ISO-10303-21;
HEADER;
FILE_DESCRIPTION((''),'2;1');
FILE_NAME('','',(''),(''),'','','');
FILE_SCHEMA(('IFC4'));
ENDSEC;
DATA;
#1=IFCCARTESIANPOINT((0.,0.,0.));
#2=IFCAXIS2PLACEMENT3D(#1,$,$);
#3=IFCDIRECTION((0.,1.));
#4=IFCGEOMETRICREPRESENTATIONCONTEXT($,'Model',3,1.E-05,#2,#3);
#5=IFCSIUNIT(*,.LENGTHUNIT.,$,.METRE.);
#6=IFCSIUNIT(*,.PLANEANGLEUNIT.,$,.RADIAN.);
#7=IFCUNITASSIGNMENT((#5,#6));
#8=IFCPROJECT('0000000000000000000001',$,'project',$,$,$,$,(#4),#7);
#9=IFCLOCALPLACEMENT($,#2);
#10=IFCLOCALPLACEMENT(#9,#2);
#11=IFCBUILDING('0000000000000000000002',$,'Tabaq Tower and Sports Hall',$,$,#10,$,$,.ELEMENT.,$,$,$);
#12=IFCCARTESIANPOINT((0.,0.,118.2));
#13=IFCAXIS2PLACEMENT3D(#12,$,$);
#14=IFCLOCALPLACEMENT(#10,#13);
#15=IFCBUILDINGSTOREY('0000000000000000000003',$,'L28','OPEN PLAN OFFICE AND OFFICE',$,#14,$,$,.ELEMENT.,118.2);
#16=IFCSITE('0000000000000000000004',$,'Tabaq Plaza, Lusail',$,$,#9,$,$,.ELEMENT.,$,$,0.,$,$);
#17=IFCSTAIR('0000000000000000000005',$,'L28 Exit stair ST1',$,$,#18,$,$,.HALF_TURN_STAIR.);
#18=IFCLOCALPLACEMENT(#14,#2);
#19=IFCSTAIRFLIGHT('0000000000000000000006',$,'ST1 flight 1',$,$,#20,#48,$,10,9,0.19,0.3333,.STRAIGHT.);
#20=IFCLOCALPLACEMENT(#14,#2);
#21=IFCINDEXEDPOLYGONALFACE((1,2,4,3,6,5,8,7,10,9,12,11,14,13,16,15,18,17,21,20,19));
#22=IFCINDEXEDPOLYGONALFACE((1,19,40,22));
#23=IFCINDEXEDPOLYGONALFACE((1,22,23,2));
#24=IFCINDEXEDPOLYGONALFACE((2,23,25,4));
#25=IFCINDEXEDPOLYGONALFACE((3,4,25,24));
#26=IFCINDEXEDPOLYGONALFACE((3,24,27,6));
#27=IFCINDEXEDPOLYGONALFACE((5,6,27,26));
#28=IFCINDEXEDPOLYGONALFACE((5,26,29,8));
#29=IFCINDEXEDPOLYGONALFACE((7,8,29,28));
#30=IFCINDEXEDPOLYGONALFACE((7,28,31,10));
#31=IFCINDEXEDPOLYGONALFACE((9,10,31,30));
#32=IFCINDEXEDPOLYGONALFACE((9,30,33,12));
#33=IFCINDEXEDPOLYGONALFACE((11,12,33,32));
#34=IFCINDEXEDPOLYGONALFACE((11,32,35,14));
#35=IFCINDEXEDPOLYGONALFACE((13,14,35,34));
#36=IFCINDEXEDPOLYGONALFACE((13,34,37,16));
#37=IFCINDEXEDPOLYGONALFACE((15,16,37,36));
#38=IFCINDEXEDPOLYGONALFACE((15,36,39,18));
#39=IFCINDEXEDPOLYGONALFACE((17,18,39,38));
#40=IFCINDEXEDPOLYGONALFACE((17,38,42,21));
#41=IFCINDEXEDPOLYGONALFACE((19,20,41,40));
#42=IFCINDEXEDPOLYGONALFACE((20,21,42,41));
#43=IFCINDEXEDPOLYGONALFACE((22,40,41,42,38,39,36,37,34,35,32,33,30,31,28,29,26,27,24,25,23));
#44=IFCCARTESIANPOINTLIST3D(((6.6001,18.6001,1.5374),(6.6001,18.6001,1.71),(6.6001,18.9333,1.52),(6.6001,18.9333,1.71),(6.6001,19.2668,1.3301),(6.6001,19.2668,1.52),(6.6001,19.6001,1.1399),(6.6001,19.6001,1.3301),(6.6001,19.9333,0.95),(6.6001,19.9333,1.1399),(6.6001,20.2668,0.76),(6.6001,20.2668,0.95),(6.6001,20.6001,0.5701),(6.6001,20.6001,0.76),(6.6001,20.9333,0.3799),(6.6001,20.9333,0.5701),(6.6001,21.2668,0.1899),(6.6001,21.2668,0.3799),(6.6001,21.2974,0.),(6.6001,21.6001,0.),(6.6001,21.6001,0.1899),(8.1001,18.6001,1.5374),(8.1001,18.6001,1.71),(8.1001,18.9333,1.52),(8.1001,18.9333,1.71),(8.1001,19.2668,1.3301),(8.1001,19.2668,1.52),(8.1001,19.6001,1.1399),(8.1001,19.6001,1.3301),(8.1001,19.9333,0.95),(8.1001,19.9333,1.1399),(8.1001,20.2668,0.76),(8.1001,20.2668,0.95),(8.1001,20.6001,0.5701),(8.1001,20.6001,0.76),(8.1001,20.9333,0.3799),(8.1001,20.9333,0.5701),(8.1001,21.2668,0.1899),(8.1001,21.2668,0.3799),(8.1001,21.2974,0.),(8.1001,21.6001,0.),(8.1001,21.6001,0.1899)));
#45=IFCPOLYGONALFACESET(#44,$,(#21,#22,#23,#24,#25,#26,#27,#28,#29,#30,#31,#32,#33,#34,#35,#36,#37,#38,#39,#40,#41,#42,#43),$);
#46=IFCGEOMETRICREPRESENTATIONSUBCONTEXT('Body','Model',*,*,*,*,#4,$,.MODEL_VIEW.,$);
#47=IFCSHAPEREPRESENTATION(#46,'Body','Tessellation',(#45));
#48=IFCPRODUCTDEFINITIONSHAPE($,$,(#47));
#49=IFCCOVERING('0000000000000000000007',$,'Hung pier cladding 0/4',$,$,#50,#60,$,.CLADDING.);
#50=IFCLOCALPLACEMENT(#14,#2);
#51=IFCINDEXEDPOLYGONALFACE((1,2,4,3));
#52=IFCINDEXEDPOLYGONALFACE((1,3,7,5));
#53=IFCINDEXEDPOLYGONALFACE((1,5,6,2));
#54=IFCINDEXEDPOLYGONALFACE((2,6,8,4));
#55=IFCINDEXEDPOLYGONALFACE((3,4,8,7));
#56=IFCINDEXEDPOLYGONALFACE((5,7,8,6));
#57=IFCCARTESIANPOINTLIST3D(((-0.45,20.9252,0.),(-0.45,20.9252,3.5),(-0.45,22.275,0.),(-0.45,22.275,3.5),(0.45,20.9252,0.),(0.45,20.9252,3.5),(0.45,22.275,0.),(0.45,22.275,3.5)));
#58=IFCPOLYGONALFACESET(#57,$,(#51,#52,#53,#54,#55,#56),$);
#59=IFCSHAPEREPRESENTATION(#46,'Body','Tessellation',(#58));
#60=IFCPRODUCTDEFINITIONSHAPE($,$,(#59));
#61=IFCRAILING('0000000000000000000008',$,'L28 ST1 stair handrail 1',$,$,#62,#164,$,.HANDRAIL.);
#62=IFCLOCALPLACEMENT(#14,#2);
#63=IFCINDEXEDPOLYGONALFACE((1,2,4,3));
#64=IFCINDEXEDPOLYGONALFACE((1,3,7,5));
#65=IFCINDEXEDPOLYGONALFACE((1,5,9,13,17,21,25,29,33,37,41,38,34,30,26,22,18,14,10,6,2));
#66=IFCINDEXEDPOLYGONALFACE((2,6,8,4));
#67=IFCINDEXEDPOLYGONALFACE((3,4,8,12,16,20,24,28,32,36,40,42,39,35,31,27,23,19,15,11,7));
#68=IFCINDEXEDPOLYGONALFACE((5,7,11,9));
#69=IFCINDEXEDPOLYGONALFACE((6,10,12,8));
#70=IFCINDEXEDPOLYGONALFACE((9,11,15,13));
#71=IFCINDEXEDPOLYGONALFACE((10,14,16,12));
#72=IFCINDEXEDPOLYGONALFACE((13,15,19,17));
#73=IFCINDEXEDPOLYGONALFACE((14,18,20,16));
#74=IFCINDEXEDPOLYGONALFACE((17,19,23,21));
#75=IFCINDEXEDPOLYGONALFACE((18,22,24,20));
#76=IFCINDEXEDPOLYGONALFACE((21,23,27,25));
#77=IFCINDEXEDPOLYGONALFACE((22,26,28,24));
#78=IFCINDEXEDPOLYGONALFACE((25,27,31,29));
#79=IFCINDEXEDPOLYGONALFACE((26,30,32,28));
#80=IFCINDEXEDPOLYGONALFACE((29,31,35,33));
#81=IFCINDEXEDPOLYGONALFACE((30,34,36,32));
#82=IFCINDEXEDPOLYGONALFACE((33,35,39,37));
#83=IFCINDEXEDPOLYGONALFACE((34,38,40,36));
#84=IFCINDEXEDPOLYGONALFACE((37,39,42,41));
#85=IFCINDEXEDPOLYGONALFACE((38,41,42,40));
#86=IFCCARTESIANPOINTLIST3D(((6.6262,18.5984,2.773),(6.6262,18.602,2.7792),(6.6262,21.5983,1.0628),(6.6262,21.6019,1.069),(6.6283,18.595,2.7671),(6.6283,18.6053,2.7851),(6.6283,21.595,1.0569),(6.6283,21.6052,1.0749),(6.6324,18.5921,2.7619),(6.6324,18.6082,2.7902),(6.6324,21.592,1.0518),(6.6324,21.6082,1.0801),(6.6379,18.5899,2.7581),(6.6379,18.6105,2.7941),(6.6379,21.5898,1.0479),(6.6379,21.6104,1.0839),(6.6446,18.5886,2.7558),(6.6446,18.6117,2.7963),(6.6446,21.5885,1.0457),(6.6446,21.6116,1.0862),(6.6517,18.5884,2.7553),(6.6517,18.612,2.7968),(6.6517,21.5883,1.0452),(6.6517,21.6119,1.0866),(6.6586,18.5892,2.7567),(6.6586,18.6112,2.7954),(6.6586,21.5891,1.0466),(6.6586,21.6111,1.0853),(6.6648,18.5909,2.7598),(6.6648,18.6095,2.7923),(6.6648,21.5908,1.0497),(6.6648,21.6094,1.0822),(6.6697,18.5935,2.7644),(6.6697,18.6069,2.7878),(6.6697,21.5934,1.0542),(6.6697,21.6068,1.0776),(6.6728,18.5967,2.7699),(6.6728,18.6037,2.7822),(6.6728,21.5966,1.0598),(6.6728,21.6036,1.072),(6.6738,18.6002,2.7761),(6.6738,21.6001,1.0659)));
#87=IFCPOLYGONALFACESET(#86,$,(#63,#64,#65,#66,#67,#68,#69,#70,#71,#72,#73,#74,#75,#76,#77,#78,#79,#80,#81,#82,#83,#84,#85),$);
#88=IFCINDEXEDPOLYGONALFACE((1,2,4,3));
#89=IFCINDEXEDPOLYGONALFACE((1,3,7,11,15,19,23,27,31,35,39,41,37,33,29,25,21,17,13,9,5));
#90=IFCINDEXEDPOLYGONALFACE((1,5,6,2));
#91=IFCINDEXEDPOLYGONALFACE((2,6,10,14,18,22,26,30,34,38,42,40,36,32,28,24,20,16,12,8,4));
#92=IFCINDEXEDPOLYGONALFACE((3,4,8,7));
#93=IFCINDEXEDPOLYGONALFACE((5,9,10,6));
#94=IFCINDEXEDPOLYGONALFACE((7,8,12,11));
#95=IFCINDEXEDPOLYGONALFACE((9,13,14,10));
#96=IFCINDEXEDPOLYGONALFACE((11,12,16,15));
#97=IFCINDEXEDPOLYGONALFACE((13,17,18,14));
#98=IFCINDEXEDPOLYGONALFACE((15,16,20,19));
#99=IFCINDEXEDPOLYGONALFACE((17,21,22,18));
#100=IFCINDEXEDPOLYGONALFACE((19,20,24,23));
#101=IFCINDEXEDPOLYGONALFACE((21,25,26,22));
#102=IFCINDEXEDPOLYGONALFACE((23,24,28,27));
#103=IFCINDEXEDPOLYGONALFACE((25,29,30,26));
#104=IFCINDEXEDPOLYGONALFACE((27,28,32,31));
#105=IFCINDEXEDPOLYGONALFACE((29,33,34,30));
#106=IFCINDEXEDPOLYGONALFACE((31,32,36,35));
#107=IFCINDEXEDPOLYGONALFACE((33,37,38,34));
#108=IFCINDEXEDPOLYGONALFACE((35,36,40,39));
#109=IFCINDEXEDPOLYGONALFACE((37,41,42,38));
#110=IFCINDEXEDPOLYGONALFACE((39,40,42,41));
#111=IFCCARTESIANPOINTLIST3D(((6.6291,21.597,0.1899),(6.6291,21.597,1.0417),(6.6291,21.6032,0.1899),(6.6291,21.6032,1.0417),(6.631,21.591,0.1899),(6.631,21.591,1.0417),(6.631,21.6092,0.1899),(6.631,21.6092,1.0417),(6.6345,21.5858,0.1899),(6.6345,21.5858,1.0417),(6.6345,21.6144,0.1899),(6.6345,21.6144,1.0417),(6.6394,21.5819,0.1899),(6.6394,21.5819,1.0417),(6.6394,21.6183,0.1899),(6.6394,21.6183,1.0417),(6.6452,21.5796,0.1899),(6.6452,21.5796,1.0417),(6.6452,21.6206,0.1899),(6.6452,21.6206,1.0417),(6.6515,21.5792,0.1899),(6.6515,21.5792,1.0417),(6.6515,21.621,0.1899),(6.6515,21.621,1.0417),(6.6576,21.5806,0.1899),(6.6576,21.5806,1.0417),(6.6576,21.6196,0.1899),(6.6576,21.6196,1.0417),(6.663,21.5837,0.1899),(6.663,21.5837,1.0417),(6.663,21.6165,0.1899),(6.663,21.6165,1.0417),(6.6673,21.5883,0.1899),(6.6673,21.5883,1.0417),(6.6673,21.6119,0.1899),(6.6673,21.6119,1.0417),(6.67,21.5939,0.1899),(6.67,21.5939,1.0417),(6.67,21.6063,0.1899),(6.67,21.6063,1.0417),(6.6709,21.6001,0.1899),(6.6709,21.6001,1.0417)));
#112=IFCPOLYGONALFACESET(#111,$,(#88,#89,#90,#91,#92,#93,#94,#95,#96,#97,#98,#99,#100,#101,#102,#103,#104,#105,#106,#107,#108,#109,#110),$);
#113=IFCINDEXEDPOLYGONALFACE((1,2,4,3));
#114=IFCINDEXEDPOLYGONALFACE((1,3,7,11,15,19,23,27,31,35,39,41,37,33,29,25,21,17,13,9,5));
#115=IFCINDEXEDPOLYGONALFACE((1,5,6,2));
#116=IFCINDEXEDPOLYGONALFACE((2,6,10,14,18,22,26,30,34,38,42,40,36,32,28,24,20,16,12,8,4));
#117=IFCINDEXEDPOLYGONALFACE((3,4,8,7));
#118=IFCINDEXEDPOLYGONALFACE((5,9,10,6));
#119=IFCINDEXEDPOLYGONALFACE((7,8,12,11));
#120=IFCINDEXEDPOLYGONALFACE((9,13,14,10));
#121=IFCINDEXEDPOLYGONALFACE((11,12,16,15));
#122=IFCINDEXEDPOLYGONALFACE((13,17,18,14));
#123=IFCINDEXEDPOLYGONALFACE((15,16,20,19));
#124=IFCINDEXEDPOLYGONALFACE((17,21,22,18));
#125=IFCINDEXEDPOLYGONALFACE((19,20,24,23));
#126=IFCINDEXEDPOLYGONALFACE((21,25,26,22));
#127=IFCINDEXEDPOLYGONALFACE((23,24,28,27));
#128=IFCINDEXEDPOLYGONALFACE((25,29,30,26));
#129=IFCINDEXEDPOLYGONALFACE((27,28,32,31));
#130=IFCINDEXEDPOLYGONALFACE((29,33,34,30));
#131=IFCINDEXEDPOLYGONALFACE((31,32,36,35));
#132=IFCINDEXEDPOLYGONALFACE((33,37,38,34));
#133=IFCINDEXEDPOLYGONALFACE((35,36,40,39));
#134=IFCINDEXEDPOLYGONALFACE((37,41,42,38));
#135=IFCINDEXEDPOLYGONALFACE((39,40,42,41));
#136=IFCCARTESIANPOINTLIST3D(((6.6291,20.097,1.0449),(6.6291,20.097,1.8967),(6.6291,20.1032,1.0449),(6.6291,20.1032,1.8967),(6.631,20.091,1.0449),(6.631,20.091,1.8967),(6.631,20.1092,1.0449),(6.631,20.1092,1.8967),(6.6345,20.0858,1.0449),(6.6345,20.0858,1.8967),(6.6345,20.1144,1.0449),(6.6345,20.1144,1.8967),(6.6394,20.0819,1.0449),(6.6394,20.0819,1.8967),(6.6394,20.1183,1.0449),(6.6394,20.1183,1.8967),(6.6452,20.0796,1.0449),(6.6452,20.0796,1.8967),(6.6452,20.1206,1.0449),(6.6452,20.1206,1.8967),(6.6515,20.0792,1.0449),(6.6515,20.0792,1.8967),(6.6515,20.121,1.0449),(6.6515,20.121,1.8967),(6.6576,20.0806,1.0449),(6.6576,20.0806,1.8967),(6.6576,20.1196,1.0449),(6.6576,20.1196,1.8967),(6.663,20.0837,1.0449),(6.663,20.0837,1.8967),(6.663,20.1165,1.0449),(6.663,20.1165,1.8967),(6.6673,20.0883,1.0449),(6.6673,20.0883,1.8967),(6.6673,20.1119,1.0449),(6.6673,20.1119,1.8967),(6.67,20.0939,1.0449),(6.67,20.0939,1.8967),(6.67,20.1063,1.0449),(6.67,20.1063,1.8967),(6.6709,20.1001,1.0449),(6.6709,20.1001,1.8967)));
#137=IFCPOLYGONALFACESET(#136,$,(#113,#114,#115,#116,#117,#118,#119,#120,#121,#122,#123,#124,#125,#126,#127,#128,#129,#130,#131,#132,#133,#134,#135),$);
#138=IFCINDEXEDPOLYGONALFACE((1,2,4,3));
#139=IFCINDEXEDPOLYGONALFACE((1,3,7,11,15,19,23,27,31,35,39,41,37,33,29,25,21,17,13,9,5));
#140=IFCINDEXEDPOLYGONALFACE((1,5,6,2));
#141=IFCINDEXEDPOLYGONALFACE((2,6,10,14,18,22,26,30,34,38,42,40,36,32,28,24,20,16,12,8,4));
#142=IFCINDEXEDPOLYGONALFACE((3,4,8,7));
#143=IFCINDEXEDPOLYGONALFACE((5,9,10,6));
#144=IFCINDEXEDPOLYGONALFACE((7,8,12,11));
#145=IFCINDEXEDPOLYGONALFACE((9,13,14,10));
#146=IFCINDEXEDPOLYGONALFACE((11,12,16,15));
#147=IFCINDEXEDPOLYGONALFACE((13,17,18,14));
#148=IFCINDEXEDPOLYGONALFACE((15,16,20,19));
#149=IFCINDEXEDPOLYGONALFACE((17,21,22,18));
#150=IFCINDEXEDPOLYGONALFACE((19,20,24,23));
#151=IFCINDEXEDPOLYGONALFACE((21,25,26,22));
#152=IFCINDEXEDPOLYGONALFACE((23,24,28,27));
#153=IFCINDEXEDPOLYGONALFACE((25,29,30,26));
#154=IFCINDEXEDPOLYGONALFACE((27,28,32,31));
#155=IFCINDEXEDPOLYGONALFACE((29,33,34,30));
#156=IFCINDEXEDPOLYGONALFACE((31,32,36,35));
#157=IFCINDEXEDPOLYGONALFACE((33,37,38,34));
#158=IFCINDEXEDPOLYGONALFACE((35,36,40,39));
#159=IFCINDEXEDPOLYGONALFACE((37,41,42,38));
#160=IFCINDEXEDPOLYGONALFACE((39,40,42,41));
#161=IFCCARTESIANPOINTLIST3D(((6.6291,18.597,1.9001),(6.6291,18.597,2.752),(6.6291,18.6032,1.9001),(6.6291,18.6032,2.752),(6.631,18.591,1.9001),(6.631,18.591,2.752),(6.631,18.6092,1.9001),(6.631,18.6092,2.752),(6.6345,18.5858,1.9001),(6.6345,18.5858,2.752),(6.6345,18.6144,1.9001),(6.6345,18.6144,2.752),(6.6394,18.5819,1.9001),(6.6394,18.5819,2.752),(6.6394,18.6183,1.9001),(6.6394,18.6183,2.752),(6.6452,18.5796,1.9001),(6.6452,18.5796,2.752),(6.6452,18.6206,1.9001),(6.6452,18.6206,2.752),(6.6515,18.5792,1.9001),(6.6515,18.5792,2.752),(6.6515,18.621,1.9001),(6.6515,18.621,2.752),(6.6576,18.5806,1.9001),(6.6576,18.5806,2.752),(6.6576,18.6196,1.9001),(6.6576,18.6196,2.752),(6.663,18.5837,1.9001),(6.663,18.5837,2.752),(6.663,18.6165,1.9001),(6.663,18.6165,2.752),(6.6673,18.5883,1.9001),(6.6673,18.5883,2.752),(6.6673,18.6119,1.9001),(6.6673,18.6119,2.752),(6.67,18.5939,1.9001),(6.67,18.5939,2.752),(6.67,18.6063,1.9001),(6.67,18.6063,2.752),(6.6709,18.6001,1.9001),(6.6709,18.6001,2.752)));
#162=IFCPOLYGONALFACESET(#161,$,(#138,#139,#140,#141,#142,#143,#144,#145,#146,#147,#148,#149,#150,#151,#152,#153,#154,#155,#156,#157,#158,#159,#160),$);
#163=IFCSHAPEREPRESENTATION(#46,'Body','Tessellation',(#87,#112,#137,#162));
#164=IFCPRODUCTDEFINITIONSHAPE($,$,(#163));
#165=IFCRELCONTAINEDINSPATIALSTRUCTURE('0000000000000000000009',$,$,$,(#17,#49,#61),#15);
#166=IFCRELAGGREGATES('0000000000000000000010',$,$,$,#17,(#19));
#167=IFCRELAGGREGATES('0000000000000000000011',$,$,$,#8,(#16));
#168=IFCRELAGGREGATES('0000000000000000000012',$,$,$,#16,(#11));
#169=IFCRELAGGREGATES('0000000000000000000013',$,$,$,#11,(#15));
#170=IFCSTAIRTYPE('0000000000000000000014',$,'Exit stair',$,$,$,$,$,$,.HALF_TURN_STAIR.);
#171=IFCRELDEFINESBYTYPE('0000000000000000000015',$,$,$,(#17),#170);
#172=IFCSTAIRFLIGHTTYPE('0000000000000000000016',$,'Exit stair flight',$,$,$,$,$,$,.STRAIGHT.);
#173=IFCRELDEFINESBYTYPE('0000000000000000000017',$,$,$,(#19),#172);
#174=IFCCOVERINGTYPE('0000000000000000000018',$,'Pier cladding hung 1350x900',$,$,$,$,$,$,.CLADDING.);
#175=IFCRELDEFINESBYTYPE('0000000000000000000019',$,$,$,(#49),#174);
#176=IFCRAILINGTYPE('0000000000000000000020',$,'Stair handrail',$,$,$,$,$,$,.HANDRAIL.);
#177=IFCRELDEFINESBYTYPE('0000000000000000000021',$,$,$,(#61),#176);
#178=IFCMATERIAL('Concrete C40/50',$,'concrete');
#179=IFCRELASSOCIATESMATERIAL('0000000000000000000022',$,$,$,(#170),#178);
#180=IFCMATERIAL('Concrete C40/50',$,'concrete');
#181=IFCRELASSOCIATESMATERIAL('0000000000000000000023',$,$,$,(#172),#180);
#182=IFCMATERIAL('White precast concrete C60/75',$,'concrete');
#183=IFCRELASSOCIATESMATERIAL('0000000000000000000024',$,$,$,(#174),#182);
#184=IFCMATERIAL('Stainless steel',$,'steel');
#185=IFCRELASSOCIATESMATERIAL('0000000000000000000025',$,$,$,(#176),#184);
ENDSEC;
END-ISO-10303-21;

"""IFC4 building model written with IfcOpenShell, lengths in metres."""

from ifc_helpers import new_model, si_unit, direction, frame, frame_2d, origin, origin_2d, place, context, subcontext, project, spatial, polyline, rectangle, circle, outline, extrude, material, type_object, element, aggregate, save


model = new_model("IFC4")

# Units and contexts
model_context = context("Model", 3, precision=1e-05, world=origin(), true_north=direction((0.0, 1.0)))
body_context = subcontext(model_context, "Body", "Model", "MODEL_VIEW")
ifc_project = project(units=[si_unit("LENGTHUNIT", "METRE"), si_unit("PLANEANGLEUNIT", "RADIAN")], contexts=[model_context])

# Site, building, storey
site_placement = place(None, origin())
site = spatial("IfcSite", under=ifc_project, at=site_placement, Name="Tabaq Plaza, Lusail", CompositionType="ELEMENT", RefElevation=0.0)
building_placement = place(site_placement, origin())
building = spatial("IfcBuilding", under=site, at=building_placement, Name="Tabaq Tower and Sports Hall", CompositionType="ELEMENT")
storey_placement = place(building_placement, frame((0.0, 0.0, 118.2)))
storey = spatial("IfcBuildingStorey", under=building, at=storey_placement, Name="L28", Description="OPEN PLAN OFFICE AND OFFICE", CompositionType="ELEMENT", Elevation=118.2)

# Stair, stair flight
ifc_material_1 = material(Name="Concrete C40/50", Category="concrete")
stair_type = type_object("IfcStairType", Name="Exit stair", PredefinedType="HALF_TURN_STAIR", material=ifc_material_1)
stair_placement = place(storey_placement, origin())
stair = element("IfcStair", 1, at=stair_placement, inside=storey, type_object=stair_type, Name="L28 Exit stair ST1", PredefinedType="HALF_TURN_STAIR")
ifc_material_2 = material(Name="Concrete C40/50", Category="concrete")
stair_flight_type = type_object("IfcStairFlightType", Name="Exit stair flight", PredefinedType="STRAIGHT", material=ifc_material_2)
stair_flight_placement = place(storey_placement, frame((7.3501, 21.6001, 0.0), z_axis=(0.0, 0.0, 1.0), x_axis=(0.0, -1.0, 0.0)))
stair_flight = element("IfcStairFlight", 2, at=stair_flight_placement, type_object=stair_flight_type, Name="ST1 flight 1", NumberOfRisers=10, NumberOfTreads=9, PredefinedType="STRAIGHT", RiserHeight=0.19, TreadLength=0.3333, context=body_context, shape_type="SweptSolid", body=[
    extrude(outline(polyline([(0.0, 0.0), (0.0, 0.1899), (0.3333, 0.1899), (0.3333, 0.3799), (0.6667, 0.3799), (0.6667, 0.5701), (1.0, 0.5701), (1.0, 0.76), (1.3333, 0.76), (1.3333, 0.95), (1.6667, 0.95), (1.6667, 1.1399), (2.0, 1.1399), (2.0, 1.3301), (2.3333, 1.3301), (2.3333, 1.52), (2.6667, 1.52), (2.6667, 1.71), (3.0, 1.71), (3.0, 1.8999), (3.0, 1.5374), (0.3027, 0.0), (0.0, 0.0)])), frame((0.0, 0.75, 0.0), z_axis=(0.0, -1.0, 0.0), x_axis=(1.0, 0.0, 0.0)), (0.0, 0.0, 1.0), 1.5),
])
aggregate(stair, [stair_flight])

# Covering
ifc_material_3 = material(Name="White precast concrete C60/75", Category="concrete")
covering_type_1 = type_object("IfcCoveringType", Name="Pier cladding hung 1350x900", PredefinedType="CLADDING", material=ifc_material_3)
covering_1_placement = place(storey_placement, frame((0.0, 22.2749, 0.0), z_axis=(0.0, 0.0, 1.0), x_axis=(0.0, -1.0, 0.0)))
element("IfcCovering", 3, at=covering_1_placement, inside=storey, type_object=covering_type_1, Name="Hung pier cladding 0/4", PredefinedType="CLADDING", context=body_context, shape_type="SweptSolid", body=[
    extrude(rectangle(XDim=1.3499, YDim=0.8999, at=frame_2d((0.6748, 0.0))), origin(), (0.0, 0.0, 1.0), 3.5),
])

# Railing
ifc_material_4 = material(Name="Stainless steel", Category="steel")
railing_type_1 = type_object("IfcRailingType", Name="Stair handrail", PredefinedType="HANDRAIL", material=ifc_material_4)
railing_1_placement = place(storey_placement, frame((6.6499, 21.6001, 0.1899)))
element("IfcRailing", 4, at=railing_1_placement, inside=storey, type_object=railing_type_1, Name="L28 ST1 stair handrail 1", PredefinedType="HANDRAIL", context=body_context, shape_type="SweptSolid", body=[
    extrude(circle(Radius=0.0239, at=origin_2d()), frame((0.0, 0.0, 0.876), z_axis=(0.0, -0.868752, 0.495248), x_axis=(1.0, 0.0, 0.0)), (0.0, 0.0, 1.0), 3.4531),
    extrude(circle(Radius=0.021, at=origin_2d()), origin(), (0.0, 0.0, 1.0), 0.8518),
    extrude(circle(Radius=0.021, at=origin_2d()), frame((0.0, -1.5, 0.855)), (0.0, 0.0, 1.0), 0.8518),
    extrude(circle(Radius=0.021, at=origin_2d()), frame((0.0, -3.0, 1.7102)), (0.0, 0.0, 1.0), 0.8518),
])

save(model, "model.ifc")
